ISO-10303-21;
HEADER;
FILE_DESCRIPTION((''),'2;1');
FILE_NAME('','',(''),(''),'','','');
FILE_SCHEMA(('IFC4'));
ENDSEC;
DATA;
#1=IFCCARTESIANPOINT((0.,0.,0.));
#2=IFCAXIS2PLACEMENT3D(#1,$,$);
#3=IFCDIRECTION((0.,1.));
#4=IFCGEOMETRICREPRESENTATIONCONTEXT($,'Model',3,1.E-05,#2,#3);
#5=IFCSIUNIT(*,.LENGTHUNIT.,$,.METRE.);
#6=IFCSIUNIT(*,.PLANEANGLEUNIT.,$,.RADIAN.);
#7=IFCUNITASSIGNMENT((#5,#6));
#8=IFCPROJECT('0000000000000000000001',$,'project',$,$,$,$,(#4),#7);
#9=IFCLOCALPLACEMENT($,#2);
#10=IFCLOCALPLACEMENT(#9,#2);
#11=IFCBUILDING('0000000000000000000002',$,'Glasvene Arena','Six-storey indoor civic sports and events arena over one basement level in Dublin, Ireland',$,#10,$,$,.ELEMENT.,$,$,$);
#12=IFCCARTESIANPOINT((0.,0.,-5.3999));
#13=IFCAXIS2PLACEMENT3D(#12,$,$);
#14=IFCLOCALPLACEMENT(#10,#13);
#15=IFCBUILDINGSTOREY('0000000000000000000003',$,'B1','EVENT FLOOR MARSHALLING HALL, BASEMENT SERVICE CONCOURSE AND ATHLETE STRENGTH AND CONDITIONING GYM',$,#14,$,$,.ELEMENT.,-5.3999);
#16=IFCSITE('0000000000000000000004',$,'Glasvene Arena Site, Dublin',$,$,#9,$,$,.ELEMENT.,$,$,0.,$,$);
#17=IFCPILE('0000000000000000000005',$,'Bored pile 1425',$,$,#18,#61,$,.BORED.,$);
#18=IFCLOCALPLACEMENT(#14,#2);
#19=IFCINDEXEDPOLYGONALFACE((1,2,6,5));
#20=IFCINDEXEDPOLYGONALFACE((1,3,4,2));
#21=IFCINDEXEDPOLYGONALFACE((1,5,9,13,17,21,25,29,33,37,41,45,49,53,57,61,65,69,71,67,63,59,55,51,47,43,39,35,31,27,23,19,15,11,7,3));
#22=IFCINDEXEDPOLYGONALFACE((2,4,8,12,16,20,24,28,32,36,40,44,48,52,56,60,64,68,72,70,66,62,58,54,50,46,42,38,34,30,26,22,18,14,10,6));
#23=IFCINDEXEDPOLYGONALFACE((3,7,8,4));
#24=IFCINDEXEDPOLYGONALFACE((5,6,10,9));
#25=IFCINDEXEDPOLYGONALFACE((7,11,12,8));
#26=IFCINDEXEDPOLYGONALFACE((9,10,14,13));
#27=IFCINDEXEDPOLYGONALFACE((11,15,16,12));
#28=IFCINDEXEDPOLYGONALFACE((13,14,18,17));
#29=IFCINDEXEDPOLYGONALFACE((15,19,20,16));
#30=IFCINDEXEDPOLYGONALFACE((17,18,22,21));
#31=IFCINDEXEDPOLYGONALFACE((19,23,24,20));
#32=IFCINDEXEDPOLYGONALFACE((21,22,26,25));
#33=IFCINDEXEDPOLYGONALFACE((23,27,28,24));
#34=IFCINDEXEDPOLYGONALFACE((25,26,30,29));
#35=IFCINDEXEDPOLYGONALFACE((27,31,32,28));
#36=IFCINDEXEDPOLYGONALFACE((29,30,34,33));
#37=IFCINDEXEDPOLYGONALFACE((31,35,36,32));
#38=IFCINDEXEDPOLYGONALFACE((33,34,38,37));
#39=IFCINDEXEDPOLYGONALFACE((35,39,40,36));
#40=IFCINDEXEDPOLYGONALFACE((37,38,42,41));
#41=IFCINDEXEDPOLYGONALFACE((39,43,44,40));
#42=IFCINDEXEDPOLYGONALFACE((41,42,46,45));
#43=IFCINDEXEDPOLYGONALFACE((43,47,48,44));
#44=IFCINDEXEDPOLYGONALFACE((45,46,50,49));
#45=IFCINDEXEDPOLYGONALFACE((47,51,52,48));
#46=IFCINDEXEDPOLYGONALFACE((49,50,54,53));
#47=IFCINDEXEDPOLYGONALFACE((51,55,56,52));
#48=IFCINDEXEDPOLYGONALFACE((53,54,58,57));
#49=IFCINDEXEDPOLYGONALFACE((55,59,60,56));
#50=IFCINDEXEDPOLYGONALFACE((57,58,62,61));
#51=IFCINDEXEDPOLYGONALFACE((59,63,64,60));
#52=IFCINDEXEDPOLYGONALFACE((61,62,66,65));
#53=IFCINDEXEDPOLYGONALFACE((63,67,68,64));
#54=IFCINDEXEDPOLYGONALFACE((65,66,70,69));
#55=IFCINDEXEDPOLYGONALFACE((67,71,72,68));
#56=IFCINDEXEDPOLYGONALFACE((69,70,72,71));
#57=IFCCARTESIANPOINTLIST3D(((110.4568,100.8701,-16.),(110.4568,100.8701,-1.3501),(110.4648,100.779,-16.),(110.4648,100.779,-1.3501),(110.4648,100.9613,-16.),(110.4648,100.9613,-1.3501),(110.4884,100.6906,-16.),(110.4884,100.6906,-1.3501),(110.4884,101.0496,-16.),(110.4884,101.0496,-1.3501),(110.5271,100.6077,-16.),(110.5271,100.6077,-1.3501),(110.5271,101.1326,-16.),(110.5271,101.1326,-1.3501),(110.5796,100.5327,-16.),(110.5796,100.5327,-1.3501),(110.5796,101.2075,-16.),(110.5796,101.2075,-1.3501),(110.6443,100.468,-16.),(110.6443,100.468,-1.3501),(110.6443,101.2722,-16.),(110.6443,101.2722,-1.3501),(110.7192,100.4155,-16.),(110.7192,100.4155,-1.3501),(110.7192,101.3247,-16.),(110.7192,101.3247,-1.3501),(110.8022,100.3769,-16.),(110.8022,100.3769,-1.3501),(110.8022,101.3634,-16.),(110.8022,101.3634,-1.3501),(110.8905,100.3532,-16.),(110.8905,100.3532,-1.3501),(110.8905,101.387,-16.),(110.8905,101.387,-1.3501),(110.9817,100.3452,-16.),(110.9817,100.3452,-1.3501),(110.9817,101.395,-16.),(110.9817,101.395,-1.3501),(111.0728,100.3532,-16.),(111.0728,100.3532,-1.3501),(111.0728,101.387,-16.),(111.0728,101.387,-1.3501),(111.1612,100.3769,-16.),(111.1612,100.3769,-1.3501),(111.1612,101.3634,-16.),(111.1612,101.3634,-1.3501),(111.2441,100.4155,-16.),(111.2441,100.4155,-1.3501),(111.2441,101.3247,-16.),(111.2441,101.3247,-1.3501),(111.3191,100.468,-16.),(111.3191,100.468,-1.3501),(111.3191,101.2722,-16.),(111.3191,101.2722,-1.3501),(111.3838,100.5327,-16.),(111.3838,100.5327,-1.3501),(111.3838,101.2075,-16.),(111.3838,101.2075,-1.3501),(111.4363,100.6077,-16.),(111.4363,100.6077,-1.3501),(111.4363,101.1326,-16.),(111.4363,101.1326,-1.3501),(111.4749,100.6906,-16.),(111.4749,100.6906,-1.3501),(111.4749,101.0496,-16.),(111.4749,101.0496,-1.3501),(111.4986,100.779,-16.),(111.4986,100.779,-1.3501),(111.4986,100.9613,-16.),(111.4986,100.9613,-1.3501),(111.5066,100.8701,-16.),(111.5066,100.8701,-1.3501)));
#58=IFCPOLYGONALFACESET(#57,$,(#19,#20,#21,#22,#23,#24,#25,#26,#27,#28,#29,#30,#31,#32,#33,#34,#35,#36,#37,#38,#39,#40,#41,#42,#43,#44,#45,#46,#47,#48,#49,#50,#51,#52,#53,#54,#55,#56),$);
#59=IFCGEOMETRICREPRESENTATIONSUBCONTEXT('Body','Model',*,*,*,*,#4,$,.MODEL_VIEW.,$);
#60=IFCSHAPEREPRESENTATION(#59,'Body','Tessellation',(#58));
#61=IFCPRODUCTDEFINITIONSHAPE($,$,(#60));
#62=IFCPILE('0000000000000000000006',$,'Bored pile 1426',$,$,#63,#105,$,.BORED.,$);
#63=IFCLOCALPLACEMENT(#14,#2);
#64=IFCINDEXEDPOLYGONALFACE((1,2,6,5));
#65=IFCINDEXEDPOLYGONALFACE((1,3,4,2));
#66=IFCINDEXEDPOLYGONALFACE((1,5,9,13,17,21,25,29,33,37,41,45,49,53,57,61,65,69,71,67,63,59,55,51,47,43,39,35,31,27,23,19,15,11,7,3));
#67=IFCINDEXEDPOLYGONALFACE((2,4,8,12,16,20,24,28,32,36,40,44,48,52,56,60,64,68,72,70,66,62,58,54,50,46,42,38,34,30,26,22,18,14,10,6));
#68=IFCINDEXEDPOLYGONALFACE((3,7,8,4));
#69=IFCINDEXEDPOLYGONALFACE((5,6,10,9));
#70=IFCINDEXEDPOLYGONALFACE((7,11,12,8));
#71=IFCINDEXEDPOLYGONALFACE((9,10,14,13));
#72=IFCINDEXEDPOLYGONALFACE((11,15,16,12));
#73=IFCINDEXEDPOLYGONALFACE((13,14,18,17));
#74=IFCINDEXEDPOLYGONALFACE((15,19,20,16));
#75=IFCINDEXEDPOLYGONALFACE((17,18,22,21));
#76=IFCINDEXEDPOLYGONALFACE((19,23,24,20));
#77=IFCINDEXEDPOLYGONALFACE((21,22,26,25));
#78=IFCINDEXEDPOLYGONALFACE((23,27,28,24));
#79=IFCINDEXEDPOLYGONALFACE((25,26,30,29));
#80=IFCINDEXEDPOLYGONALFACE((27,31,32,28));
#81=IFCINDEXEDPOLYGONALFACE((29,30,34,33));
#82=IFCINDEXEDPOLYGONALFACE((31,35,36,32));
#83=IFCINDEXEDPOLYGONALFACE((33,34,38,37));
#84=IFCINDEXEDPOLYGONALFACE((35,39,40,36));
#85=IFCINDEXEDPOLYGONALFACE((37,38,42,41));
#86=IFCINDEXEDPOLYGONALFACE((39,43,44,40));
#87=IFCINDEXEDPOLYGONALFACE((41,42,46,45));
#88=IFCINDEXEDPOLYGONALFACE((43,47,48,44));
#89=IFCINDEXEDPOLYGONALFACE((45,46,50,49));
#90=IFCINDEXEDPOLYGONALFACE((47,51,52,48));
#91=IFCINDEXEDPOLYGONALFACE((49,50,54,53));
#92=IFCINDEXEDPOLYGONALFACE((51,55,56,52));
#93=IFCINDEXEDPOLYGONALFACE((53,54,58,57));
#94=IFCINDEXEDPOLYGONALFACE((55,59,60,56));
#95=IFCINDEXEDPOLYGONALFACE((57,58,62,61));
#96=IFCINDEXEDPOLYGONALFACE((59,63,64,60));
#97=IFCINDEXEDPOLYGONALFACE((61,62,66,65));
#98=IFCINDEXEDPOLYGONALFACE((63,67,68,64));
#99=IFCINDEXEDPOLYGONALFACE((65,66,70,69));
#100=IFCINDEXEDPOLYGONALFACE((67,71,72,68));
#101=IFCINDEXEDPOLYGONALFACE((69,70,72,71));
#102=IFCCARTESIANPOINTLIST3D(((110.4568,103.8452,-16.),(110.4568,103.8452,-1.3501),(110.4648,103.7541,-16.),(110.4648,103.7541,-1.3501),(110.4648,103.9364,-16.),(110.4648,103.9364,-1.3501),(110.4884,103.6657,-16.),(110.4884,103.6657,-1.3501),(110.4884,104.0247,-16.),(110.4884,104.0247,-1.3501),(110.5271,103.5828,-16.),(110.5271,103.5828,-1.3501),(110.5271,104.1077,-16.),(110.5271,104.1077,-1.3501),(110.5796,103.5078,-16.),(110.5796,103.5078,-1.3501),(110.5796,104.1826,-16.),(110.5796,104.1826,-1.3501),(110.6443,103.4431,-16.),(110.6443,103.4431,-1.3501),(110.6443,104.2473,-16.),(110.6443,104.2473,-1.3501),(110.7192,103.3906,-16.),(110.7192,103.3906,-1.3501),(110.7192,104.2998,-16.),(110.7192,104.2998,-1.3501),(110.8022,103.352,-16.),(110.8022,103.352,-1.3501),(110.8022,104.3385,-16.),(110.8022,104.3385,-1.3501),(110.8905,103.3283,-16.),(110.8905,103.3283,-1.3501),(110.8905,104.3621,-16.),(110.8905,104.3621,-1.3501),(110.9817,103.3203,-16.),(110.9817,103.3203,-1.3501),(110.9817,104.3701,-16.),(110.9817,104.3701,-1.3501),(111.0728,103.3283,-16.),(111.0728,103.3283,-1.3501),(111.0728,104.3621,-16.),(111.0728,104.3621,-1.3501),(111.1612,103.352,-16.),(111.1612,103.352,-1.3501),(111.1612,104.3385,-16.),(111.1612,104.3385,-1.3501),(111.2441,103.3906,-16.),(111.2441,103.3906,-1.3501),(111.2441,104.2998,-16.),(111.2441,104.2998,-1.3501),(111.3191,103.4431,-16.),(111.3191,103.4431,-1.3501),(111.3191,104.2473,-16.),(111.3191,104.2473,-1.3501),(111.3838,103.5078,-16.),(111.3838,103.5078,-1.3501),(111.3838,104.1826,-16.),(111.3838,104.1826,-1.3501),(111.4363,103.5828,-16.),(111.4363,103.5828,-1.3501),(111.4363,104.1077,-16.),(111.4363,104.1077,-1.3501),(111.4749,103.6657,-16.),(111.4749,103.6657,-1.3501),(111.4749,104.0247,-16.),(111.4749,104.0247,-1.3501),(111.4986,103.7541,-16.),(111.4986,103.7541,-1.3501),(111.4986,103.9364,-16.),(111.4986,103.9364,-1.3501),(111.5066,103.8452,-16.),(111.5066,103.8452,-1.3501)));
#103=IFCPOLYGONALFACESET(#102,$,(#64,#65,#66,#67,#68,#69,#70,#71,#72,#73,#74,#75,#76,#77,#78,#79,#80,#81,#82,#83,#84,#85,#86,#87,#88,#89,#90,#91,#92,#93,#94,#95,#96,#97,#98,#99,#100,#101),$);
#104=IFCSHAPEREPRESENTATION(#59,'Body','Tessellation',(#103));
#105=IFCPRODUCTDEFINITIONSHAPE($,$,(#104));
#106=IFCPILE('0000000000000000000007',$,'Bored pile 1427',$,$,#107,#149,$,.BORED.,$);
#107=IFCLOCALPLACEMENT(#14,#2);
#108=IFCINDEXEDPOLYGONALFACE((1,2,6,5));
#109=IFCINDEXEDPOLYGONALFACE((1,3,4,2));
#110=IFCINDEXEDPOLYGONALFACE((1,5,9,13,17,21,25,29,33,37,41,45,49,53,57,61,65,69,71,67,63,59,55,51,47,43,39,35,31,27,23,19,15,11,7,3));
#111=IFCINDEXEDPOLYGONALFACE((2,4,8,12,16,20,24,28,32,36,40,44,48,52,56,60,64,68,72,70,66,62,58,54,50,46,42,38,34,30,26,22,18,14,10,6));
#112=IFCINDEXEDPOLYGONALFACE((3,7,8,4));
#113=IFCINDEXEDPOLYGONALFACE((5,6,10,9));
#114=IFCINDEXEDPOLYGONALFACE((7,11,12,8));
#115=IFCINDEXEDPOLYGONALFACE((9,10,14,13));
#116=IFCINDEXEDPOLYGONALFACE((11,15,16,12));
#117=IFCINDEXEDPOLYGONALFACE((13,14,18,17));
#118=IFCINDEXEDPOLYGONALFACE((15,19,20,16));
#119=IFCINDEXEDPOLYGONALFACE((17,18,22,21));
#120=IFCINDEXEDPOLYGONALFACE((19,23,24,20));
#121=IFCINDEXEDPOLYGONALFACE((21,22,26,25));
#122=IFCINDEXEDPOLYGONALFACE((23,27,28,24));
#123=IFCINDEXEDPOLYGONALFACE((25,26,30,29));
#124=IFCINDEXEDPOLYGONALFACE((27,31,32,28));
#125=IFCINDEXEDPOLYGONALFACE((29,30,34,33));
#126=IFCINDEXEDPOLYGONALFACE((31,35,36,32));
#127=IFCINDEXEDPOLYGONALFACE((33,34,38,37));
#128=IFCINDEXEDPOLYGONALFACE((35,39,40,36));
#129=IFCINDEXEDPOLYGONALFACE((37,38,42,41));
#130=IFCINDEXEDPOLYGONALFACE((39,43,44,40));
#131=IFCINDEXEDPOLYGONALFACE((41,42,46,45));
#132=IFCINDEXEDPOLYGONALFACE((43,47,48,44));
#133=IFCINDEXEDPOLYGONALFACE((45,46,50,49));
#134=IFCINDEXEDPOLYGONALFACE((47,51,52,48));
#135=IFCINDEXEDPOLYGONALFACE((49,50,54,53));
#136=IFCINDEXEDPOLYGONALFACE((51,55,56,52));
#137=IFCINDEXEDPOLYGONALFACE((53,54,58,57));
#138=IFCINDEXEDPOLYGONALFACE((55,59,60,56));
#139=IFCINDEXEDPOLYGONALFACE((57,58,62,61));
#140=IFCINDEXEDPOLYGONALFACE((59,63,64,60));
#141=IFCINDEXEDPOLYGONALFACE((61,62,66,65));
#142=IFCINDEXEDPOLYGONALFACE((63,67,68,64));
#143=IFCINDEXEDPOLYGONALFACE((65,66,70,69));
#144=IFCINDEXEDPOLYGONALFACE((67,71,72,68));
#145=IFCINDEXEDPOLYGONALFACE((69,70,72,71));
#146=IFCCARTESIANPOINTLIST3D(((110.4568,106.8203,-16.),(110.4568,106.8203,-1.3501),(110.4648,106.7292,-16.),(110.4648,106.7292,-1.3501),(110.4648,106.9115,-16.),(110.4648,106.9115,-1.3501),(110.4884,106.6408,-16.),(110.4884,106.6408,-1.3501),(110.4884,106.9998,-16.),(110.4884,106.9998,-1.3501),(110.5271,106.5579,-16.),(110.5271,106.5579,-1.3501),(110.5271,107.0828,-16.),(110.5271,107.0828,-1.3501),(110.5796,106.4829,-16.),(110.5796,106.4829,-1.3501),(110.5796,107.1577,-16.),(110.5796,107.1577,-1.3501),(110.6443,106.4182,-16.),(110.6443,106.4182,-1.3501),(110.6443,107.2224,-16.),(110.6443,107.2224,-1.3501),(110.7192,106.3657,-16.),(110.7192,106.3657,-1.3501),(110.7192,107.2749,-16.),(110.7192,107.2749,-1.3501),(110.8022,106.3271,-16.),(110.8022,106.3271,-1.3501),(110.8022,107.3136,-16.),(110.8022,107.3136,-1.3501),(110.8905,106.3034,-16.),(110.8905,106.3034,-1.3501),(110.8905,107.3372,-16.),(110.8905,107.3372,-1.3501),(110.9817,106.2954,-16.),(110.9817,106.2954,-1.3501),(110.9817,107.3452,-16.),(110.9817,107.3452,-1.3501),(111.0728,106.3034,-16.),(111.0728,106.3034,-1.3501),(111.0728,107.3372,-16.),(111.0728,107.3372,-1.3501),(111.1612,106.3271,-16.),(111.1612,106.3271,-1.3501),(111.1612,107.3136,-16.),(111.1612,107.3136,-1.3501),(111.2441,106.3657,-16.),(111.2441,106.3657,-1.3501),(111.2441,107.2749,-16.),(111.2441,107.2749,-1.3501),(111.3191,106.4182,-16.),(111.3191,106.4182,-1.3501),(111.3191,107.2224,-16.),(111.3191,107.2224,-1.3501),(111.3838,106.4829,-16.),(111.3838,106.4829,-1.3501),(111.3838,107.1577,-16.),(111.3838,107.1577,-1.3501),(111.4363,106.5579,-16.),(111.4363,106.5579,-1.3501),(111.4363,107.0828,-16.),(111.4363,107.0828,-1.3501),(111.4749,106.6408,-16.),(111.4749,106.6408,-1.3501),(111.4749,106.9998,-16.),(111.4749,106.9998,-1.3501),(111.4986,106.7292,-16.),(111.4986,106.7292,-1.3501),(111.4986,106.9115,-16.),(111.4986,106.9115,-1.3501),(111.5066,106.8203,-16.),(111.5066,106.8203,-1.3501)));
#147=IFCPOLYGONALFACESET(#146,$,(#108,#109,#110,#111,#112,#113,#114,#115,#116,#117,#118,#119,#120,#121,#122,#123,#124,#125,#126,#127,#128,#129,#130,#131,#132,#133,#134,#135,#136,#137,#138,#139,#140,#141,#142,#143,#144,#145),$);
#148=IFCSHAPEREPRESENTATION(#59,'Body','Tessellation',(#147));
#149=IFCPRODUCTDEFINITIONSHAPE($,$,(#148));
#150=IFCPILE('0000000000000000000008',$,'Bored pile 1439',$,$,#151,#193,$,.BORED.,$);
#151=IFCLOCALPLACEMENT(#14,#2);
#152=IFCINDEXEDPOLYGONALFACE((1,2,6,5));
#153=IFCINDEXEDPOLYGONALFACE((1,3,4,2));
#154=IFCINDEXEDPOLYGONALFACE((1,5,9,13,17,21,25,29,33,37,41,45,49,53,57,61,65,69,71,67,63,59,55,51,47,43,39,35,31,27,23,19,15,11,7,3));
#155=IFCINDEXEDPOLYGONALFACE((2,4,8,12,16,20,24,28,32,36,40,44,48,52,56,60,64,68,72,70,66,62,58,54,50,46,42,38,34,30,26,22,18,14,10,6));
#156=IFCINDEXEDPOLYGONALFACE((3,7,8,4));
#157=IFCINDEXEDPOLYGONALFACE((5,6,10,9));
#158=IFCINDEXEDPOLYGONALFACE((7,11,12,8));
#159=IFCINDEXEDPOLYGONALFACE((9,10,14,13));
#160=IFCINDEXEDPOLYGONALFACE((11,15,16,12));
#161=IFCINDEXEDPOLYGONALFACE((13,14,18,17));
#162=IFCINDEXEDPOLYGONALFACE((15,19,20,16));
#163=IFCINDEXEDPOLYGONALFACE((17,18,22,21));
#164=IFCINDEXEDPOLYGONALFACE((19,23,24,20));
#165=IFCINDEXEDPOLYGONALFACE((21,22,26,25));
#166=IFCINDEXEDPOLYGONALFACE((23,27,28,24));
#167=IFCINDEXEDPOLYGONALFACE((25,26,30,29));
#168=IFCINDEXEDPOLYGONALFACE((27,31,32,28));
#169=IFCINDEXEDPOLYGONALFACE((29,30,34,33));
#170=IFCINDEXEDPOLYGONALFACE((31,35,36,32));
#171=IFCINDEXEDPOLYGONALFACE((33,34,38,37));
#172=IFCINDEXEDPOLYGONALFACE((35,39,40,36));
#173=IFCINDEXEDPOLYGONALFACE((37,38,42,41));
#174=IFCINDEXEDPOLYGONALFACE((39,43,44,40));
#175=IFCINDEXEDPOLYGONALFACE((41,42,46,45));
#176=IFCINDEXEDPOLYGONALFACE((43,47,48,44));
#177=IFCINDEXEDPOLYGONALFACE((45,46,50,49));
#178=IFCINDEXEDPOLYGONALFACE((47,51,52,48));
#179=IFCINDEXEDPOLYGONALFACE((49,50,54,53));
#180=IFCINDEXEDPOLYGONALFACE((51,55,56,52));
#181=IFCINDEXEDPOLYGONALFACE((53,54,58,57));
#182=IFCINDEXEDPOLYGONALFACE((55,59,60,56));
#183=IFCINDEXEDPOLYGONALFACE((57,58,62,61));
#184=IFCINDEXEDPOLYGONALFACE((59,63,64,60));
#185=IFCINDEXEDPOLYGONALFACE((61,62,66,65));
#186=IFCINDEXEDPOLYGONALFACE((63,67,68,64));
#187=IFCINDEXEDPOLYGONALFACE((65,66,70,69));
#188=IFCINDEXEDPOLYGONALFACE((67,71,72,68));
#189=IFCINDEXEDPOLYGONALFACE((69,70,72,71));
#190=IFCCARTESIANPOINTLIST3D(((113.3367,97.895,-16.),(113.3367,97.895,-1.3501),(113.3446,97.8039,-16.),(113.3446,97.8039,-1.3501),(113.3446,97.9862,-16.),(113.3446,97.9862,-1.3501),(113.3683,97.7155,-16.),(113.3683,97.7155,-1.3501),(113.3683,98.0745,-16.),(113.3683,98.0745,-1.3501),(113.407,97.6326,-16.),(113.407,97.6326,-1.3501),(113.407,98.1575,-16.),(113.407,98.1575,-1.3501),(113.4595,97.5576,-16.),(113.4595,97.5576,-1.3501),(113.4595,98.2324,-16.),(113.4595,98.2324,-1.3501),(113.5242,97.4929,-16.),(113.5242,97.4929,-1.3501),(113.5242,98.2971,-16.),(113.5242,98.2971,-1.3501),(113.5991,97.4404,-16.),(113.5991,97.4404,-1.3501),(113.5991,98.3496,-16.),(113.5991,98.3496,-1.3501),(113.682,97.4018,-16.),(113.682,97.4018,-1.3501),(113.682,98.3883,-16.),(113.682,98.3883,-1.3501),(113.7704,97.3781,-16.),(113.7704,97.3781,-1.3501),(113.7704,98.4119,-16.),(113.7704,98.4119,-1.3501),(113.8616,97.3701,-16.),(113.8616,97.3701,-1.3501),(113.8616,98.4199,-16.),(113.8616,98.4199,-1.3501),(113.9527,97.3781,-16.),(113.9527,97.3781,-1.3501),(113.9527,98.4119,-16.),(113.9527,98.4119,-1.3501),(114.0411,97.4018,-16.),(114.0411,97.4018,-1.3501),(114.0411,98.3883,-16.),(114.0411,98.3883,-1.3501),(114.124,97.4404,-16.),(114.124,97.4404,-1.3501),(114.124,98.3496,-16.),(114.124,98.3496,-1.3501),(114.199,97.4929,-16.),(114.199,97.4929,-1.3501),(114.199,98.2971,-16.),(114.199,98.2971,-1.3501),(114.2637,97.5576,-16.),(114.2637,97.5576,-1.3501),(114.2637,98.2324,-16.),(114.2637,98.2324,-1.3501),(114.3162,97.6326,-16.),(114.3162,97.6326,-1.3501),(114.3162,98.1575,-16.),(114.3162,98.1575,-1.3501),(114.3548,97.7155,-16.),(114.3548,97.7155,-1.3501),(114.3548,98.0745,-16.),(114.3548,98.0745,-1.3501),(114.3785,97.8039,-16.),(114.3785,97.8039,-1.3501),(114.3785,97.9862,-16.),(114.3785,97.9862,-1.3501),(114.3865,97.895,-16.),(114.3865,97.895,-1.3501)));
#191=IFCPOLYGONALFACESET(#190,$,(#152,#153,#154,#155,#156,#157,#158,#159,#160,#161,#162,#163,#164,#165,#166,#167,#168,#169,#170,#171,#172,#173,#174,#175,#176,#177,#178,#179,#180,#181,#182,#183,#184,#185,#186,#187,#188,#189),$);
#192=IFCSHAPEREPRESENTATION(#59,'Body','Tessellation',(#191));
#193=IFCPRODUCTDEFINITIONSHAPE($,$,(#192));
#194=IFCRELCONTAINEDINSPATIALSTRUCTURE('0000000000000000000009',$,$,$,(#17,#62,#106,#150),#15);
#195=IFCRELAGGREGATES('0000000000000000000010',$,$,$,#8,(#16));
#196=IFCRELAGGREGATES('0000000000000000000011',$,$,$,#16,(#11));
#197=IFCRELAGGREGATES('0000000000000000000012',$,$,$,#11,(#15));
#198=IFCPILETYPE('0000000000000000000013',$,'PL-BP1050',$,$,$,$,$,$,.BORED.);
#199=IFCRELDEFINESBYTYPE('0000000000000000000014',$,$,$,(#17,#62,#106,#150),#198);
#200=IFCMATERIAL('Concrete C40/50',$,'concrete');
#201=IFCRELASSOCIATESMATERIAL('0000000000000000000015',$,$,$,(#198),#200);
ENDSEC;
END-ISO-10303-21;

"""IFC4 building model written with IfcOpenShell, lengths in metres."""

from ifc_helpers import new_model, si_unit, direction, frame, origin, origin_2d, place, context, subcontext, project, spatial, circle, extrude, material, material_profile, profile_set, type_object, element, save


model = new_model("IFC4")

# Units and contexts
model_context = context("Model", 3, precision=1e-05, world=origin(), true_north=direction((0.0, 1.0)))
body_context = subcontext(model_context, "Body", "Model", "MODEL_VIEW")
ifc_project = project(units=[si_unit("LENGTHUNIT", "METRE"), si_unit("PLANEANGLEUNIT", "RADIAN")], contexts=[model_context])

# Site, building, storey
site_placement = place(None, origin())
site = spatial("IfcSite", under=ifc_project, at=site_placement, Name="Glasvene Arena Site, Dublin", CompositionType="ELEMENT", RefElevation=0.0)
building_placement = place(site_placement, origin())
building = spatial("IfcBuilding", under=site, at=building_placement, Name="Glasvene Arena", Description="Six-storey indoor civic sports and events arena over one basement level in Dublin, Ireland", CompositionType="ELEMENT")
storey_placement = place(building_placement, frame((0.0, 0.0, -5.3999)))
storey = spatial("IfcBuildingStorey", under=building, at=storey_placement, Name="B1", Description="EVENT FLOOR MARSHALLING HALL, BASEMENT SERVICE CONCOURSE AND ATHLETE STRENGTH AND CONDITIONING GYM", CompositionType="ELEMENT", Elevation=-5.3999)

# Piles
ifc_material_1 = material(Name="Concrete C40/50", Category="concrete")
ifc_material_profile_1 = material_profile(ifc_material_1, circle(Radius=0.5249, at=origin_2d()), Name="BORED PILE 1050")
ifc_profile_set_1 = profile_set([ifc_material_profile_1], Name="Concrete C40/50")
pile_type = type_object("IfcPileType", Name="PL-BP1050", PredefinedType="BORED", material=ifc_profile_set_1)
for number, where, z_axis, x_axis, name in (
    (1, (110.9817, 100.8701, -1.3501), (0.0, 0.0, -1.0), (1.0, 0.0, 0.0), "Bored pile 1425"),
    (2, (110.9817, 103.8452, -1.3501), (0.0, 0.0, -1.0), (1.0, 0.0, 0.0), "Bored pile 1426"),
    (3, (110.9817, 106.8203, -1.3501), (0.0, 0.0, -1.0), (1.0, 0.0, 0.0), "Bored pile 1427"),
    (4, (113.8616, 97.895, -1.3501), (0.0, 0.0, -1.0), (1.0, 0.0, 0.0), "Bored pile 1439"),
):
    element("IfcPile", number, at=place(storey_placement, frame(where, z_axis=z_axis, x_axis=x_axis)), inside=storey, type_object=pile_type, Name=name, PredefinedType="BORED", context=body_context, shape_type="SweptSolid", body=[
        extrude(circle(Radius=0.5249, at=origin_2d()), origin(), (0.0, 0.0, 1.0), 14.6499),
    ])

save(model, "model.ifc")
